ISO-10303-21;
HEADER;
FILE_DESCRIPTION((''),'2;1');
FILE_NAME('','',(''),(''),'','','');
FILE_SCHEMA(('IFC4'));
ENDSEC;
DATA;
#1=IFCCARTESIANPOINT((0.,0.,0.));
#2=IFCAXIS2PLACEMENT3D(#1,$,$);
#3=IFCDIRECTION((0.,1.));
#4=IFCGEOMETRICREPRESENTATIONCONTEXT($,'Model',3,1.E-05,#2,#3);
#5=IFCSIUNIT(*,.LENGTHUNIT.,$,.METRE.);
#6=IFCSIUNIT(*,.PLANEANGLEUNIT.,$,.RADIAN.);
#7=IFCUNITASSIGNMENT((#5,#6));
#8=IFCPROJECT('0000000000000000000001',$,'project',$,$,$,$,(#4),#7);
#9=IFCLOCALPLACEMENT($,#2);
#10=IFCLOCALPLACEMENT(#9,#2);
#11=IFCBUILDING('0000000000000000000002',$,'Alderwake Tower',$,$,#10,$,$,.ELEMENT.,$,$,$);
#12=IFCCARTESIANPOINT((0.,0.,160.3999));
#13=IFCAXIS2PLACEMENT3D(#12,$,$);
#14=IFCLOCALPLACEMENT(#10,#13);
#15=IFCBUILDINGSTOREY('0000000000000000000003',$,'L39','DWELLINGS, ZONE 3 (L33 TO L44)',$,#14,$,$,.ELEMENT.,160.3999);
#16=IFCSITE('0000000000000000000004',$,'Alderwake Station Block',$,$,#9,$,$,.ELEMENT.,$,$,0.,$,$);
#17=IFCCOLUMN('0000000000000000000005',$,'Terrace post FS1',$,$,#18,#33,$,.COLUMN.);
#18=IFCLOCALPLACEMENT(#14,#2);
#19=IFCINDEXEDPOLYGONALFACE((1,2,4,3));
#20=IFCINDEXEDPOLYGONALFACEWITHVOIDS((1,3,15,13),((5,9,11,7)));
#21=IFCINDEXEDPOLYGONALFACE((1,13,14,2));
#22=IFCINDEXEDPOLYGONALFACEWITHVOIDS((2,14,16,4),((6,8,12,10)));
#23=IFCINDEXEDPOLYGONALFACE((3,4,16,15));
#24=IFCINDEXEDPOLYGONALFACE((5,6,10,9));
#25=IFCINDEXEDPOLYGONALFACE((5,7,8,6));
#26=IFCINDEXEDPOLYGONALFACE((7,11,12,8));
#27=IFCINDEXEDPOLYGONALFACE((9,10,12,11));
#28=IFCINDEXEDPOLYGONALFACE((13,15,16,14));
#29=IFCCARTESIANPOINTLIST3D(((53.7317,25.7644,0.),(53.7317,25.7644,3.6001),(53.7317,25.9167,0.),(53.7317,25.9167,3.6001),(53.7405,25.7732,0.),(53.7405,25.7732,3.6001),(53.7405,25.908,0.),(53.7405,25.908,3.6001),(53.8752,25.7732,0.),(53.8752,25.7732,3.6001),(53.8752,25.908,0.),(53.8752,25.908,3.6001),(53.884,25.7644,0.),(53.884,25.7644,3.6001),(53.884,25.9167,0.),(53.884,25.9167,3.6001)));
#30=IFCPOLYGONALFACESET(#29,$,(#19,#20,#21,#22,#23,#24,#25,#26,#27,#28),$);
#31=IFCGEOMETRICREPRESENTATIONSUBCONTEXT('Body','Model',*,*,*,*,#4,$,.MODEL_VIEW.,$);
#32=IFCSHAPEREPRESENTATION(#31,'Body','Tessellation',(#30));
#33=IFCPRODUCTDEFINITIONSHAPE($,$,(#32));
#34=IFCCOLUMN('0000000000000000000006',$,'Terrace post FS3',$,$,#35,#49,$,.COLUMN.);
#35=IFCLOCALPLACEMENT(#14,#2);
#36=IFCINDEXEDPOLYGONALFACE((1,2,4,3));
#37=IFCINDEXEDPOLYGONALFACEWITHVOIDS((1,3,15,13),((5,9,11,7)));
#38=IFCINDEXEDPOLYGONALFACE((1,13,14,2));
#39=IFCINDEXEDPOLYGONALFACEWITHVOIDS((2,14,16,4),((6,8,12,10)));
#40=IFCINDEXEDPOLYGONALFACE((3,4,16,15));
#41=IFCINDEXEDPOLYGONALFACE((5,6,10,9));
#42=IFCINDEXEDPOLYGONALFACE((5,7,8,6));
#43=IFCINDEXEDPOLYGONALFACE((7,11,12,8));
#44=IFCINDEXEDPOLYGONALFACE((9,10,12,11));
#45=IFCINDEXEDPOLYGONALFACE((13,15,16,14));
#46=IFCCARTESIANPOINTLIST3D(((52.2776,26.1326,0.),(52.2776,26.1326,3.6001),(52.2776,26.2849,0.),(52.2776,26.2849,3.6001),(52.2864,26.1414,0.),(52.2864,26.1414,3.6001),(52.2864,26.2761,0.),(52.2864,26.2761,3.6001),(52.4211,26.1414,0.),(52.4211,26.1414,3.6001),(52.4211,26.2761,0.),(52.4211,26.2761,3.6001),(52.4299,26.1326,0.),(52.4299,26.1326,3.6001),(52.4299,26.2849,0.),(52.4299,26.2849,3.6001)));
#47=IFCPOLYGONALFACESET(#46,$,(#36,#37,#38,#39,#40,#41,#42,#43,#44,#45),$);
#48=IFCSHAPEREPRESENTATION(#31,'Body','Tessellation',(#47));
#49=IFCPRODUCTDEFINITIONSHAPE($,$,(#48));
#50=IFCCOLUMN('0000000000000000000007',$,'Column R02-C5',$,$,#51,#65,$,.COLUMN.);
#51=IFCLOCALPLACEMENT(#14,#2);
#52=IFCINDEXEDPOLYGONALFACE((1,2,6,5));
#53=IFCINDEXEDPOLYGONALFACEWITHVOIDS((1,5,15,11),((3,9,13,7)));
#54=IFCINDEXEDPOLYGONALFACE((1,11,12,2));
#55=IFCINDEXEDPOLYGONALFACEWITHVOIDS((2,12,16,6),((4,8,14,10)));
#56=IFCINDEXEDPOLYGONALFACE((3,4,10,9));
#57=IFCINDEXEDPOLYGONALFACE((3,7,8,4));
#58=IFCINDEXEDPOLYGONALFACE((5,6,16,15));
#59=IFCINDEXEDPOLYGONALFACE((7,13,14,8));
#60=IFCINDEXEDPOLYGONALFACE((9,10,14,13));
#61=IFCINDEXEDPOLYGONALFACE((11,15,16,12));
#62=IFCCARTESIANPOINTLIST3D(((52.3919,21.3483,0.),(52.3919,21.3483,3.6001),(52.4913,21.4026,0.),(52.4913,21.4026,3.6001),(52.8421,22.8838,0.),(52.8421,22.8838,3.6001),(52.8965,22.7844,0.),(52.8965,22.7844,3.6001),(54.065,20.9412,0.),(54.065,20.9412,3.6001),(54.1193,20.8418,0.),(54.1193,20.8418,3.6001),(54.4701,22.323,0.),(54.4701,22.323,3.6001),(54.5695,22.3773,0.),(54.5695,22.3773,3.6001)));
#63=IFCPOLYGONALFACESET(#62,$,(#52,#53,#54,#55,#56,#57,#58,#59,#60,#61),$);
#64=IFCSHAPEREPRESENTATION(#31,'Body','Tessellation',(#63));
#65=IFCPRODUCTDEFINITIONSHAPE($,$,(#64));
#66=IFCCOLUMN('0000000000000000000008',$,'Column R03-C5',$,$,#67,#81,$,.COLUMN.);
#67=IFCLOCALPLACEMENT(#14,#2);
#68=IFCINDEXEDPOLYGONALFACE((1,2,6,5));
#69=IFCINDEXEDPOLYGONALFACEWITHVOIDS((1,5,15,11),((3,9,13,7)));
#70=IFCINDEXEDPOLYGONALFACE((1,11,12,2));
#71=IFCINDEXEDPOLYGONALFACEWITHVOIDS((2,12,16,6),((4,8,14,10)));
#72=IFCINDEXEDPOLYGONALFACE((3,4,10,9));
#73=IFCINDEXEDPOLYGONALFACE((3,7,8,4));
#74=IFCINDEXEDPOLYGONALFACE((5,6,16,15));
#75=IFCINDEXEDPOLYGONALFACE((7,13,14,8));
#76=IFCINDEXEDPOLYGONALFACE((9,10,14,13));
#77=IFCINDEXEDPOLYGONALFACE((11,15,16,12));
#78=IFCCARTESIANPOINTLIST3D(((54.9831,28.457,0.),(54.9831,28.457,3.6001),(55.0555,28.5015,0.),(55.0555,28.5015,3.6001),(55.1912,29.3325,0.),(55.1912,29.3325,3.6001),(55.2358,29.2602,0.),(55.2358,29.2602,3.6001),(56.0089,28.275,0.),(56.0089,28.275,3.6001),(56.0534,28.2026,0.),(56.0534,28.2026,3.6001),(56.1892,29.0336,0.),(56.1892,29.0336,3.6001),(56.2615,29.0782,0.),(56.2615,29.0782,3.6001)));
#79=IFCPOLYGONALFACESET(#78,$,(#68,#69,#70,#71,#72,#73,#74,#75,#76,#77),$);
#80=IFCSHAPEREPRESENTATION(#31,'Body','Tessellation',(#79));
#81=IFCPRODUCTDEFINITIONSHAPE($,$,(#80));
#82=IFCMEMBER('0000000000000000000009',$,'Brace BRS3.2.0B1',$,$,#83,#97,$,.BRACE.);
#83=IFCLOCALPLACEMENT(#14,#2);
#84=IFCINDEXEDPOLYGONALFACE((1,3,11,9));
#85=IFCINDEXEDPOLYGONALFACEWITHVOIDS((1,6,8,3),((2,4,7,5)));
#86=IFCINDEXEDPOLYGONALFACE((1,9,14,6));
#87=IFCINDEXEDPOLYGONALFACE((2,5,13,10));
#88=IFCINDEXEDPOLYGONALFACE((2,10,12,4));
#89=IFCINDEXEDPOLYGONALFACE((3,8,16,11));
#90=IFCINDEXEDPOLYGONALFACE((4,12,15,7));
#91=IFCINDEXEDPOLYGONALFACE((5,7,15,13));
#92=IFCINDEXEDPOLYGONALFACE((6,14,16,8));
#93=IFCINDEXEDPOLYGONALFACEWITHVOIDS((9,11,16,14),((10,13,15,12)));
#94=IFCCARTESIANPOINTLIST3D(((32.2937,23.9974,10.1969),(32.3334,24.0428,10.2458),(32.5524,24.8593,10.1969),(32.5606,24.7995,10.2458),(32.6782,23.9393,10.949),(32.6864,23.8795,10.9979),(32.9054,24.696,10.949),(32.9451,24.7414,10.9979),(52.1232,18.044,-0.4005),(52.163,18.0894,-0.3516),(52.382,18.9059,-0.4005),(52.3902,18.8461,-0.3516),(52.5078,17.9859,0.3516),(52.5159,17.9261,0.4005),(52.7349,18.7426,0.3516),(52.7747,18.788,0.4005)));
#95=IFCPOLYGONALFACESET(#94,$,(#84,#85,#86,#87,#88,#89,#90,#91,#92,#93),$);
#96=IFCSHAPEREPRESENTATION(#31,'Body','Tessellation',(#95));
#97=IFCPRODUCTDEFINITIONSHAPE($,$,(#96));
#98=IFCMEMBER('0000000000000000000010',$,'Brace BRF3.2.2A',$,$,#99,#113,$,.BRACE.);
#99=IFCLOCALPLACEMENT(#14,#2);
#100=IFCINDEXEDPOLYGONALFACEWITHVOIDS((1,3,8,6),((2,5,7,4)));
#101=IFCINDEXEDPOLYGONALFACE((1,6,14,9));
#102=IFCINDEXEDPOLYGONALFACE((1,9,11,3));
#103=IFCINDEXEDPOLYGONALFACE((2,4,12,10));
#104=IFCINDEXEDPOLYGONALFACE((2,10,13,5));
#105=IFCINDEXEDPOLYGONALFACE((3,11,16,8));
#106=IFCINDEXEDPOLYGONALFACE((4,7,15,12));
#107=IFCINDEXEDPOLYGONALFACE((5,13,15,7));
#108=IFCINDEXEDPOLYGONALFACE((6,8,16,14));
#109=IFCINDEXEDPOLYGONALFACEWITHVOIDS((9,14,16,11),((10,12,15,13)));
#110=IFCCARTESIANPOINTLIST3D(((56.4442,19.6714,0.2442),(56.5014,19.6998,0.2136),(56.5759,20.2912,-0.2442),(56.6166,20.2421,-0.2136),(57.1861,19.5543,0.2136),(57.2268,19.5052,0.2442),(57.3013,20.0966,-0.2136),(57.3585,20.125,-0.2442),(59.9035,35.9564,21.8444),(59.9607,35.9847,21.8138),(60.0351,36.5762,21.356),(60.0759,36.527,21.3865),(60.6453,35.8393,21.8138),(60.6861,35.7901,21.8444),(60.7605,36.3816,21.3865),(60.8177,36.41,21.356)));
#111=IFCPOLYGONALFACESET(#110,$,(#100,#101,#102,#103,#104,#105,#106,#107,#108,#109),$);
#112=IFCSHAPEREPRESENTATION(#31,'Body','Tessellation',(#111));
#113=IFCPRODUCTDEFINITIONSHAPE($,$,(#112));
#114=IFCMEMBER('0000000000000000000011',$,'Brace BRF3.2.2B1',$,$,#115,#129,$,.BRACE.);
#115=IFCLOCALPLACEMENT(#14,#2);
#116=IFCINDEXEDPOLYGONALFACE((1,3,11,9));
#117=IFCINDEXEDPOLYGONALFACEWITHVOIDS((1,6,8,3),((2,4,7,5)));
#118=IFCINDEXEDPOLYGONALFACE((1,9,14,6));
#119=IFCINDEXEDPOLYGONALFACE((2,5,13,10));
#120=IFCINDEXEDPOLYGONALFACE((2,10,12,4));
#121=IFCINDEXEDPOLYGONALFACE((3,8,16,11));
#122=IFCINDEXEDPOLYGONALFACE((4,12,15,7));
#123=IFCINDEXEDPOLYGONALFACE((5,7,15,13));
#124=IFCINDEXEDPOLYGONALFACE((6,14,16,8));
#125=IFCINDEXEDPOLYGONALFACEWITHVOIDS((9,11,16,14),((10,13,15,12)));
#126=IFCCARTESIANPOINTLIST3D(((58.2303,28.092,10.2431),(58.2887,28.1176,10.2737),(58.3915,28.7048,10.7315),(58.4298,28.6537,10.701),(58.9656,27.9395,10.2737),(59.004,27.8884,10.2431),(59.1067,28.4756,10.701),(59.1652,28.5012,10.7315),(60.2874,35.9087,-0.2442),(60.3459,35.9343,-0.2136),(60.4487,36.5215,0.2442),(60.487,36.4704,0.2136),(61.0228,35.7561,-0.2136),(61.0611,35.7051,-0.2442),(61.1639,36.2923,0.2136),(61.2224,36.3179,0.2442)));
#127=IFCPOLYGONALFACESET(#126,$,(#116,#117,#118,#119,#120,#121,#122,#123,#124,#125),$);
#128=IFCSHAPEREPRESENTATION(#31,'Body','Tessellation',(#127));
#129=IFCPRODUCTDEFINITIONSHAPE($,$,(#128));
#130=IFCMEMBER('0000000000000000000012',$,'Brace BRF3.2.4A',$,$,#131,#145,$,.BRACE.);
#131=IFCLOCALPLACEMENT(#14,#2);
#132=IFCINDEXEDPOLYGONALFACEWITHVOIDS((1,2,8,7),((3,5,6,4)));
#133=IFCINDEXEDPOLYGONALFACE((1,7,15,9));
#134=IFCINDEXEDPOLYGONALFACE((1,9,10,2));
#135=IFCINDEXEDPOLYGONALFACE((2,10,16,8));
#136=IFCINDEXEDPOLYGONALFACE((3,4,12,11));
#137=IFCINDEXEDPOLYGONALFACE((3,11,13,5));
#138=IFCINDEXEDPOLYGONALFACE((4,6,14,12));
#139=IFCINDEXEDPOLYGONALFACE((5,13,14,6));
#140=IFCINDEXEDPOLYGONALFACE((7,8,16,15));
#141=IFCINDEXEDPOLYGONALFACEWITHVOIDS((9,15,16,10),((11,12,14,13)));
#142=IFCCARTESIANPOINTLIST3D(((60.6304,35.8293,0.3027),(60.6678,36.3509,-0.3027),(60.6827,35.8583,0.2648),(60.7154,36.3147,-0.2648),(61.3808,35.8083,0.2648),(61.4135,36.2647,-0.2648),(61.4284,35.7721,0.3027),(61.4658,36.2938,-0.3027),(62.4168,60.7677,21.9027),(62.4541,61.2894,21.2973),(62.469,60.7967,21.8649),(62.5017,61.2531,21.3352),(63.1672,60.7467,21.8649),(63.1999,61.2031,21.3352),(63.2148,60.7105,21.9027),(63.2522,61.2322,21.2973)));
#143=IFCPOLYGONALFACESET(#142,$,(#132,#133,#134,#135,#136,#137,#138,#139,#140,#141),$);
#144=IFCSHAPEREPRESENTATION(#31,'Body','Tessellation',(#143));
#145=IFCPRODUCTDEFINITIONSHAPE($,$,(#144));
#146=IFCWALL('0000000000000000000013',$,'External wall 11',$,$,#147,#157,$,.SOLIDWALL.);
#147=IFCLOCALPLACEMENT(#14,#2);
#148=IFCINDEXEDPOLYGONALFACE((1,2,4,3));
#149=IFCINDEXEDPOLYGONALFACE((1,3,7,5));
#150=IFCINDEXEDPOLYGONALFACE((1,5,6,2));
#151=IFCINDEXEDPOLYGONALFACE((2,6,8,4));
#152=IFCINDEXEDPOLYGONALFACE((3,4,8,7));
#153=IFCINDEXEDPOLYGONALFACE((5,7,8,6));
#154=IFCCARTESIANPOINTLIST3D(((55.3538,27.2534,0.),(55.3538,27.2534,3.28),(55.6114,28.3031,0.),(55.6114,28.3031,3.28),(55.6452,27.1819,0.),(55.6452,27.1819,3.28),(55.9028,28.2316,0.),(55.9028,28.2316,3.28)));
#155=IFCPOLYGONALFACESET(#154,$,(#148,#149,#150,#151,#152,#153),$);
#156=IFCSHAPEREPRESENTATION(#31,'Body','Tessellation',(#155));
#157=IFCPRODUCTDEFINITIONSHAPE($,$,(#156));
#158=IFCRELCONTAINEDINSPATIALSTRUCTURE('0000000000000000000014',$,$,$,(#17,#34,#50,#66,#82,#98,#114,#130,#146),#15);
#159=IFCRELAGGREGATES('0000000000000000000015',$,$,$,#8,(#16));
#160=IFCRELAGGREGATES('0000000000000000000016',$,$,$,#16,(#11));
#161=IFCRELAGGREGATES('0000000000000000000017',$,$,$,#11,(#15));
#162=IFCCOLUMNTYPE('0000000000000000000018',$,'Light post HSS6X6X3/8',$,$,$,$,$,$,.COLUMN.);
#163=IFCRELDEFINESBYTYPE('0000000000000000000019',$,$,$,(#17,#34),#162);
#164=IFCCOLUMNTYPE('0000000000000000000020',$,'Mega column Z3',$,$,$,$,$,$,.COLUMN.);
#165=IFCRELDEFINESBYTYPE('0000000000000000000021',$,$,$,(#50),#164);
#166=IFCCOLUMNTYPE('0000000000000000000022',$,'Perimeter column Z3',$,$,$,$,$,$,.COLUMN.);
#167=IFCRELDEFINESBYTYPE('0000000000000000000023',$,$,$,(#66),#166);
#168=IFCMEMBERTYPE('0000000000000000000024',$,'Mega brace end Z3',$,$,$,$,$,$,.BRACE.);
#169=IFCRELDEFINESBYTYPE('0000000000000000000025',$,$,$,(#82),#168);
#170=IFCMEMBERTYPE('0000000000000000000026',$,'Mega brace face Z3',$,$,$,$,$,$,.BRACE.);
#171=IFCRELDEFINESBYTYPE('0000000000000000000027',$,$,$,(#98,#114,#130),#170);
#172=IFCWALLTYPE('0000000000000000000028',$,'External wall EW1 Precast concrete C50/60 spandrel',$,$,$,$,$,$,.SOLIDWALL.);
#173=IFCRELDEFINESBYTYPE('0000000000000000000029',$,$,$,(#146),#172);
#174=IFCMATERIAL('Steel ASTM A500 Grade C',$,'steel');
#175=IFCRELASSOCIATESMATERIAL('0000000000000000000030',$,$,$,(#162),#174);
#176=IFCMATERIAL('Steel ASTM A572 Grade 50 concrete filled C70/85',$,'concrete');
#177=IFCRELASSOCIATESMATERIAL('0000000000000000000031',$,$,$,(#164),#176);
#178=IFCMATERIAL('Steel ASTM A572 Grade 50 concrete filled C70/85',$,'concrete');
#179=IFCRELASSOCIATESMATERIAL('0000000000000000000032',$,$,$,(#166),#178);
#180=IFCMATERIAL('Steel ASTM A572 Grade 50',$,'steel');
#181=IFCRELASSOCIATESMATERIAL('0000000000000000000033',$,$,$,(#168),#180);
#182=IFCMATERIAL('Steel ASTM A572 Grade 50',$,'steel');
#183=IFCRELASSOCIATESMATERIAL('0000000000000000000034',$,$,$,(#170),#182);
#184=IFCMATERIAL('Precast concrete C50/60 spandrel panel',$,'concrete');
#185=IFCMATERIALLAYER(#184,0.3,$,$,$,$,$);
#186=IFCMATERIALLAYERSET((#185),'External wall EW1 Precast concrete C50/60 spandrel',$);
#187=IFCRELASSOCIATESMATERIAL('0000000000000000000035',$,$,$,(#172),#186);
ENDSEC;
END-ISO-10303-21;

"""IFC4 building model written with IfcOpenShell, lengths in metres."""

from ifc_helpers import new_model, si_unit, direction, frame, frame_2d, origin, origin_2d, place, context, subcontext, project, spatial, rectangle, hollow_rectangle, extrude, material, layer, layer_set, material_profile, profile_set, type_object, element, save


model = new_model("IFC4")

# Units and contexts
model_context = context("Model", 3, precision=1e-05, world=origin(), true_north=direction((0.0, 1.0)))
body_context = subcontext(model_context, "Body", "Model", "MODEL_VIEW")
ifc_project = project(units=[si_unit("LENGTHUNIT", "METRE"), si_unit("PLANEANGLEUNIT", "RADIAN")], contexts=[model_context])

# Site, building, storey
site_placement = place(None, origin())
site = spatial("IfcSite", under=ifc_project, at=site_placement, Name="Alderwake Station Block", CompositionType="ELEMENT", RefElevation=0.0)
building_placement = place(site_placement, origin())
building = spatial("IfcBuilding", under=site, at=building_placement, Name="Alderwake Tower", CompositionType="ELEMENT")
storey_placement = place(building_placement, frame((0.0, 0.0, 160.3999)))
storey = spatial("IfcBuildingStorey", under=building, at=storey_placement, Name="L39", Description="DWELLINGS, ZONE 3 (L33 TO L44)", CompositionType="ELEMENT", Elevation=160.3999)

# Columns
ifc_material_1 = material(Name="Steel ASTM A500 Grade C", Category="steel")
ifc_material_profile_1 = material_profile(ifc_material_1, hollow_rectangle(XDim=0.1523, YDim=0.1523, WallThickness=0.0088, at=origin_2d()), Name="HSS6X6X3/8")
ifc_profile_set_1 = profile_set([ifc_material_profile_1], Name="Steel ASTM A500 Grade C")
column_type_1 = type_object("IfcColumnType", Name="Light post HSS6X6X3/8", PredefinedType="COLUMN", material=ifc_profile_set_1)
for number, where, z_axis, x_axis, name in (
    (1, (53.8079, 25.8406, 0.0), (0.0, 0.0, 1.0), (1.0, 0.0, 0.0), "Terrace post FS1"),
    (2, (52.3538, 26.2087, 0.0), (0.0, 0.0, 1.0), (1.0, 0.0, 0.0), "Terrace post FS3"),
):
    element("IfcColumn", number, at=place(storey_placement, frame(where, z_axis=z_axis, x_axis=x_axis)), inside=storey, type_object=column_type_1, Name=name, PredefinedType="COLUMN", context=body_context, shape_type="SweptSolid", body=[
        extrude(hollow_rectangle(XDim=0.1523, YDim=0.1523, WallThickness=0.0088, at=origin_2d()), origin(), (0.0, 0.0, 1.0), 3.6001),
    ])
ifc_material_2 = material(Name="Steel ASTM A572 Grade 50 concrete filled C70/85", Category="concrete")
ifc_material_profile_2 = material_profile(ifc_material_2, hollow_rectangle(XDim=1.6001, YDim=1.8, WallThickness=0.0801, at=origin_2d()), Name="BOX 1800X1600X80")
ifc_profile_set_2 = profile_set([ifc_material_profile_2], Name="Steel ASTM A572 Grade 50 concrete filled C70/85")
column_type_2 = type_object("IfcColumnType", Name="Mega column Z3", PredefinedType="COLUMN", material=ifc_profile_set_2)
column_1_placement = place(storey_placement, frame((53.4807, 21.8628, 0.0), z_axis=(0.0, 0.0, 1.0), x_axis=(0.28136, 0.959602, 0.0)))
element("IfcColumn", 3, at=column_1_placement, inside=storey, type_object=column_type_2, Name="Column R02-C5", PredefinedType="COLUMN", context=body_context, shape_type="SweptSolid", body=[
    extrude(hollow_rectangle(XDim=1.6001, YDim=1.8, WallThickness=0.0801, at=origin_2d()), origin(), (0.0, 0.0, 1.0), 3.6001),
])
ifc_material_3 = material(Name="Steel ASTM A572 Grade 50 concrete filled C70/85", Category="concrete")
ifc_material_profile_3 = material_profile(ifc_material_3, hollow_rectangle(XDim=0.8999, YDim=1.1001, WallThickness=0.0601, at=origin_2d()), Name="BOX 1100X900X60")
ifc_profile_set_3 = profile_set([ifc_material_profile_3], Name="Steel ASTM A572 Grade 50 concrete filled C70/85")
column_type_3 = type_object("IfcColumnType", Name="Perimeter column Z3", PredefinedType="COLUMN", material=ifc_profile_set_3)
column_2_placement = place(storey_placement, frame((55.6223, 28.7676, 0.0), z_axis=(0.0, 0.0, 1.0), x_axis=(0.231222, 0.972901, 0.0)))
element("IfcColumn", 4, at=column_2_placement, inside=storey, type_object=column_type_3, Name="Column R03-C5", PredefinedType="COLUMN", context=body_context, shape_type="SweptSolid", body=[
    extrude(hollow_rectangle(XDim=0.8999, YDim=1.1001, WallThickness=0.0601, at=origin_2d()), origin(), (0.0, 0.0, 1.0), 3.6001),
])

# Members
ifc_material_4 = material(Name="Steel ASTM A572 Grade 50", Category="steel")
ifc_material_profile_4 = material_profile(ifc_material_4, hollow_rectangle(XDim=0.8999, YDim=0.8999, WallThickness=0.0549, at=origin_2d()), Name="BOX 900X900X55")
ifc_profile_set_4 = profile_set([ifc_material_profile_4], Name="Steel ASTM A572 Grade 50")
member_type_1 = type_object("IfcMemberType", Name="Mega brace end Z3", PredefinedType="BRACE", material=ifc_profile_set_4)
member_1_placement = place(storey_placement, frame((52.449, 18.416, 0.0), z_axis=(-0.852572, 0.255965, 0.455635), x_axis=(-0.287547, -0.957767, 0.0)))
element("IfcMember", 5, at=member_1_placement, inside=storey, type_object=member_type_1, Name="Brace BRS3.2.0B1", PredefinedType="BRACE", context=body_context, shape_type="SweptSolid", body=[
    extrude(hollow_rectangle(XDim=0.8999, YDim=0.8999, WallThickness=0.0549, at=origin_2d()), origin(), (0.0, 0.0, 1.0), 23.2585),
])
ifc_material_5 = material(Name="Steel ASTM A572 Grade 50", Category="steel")
ifc_material_profile_5 = material_profile(ifc_material_5, hollow_rectangle(XDim=0.8, YDim=0.8, WallThickness=0.05, at=origin_2d()), Name="BOX 800X800X50")
ifc_profile_set_5 = profile_set([ifc_material_profile_5], Name="Steel ASTM A572 Grade 50")
member_type_2 = type_object("IfcMemberType", Name="Mega brace face Z3", PredefinedType="BRACE", material=ifc_profile_set_5)
member_2_placement = place(storey_placement, frame((56.9014, 19.8982, 0.0), z_axis=(0.126845, 0.597143, 0.792042), x_axis=(-0.978175, 0.207783, 0.0)))
element("IfcMember", 6, at=member_2_placement, inside=storey, type_object=member_type_2, Name="Brace BRF3.2.2A", PredefinedType="BRACE", context=body_context, shape_type="SweptSolid", body=[
    extrude(hollow_rectangle(XDim=0.8, YDim=0.8, WallThickness=0.05, at=origin_2d()), origin(), (0.0, 0.0, 1.0), 27.2715),
])
member_3_placement = place(storey_placement, frame((60.7549, 36.1133, 0.0), z_axis=(-0.155364, -0.590352, 0.792052), x_axis=(0.967071, -0.254507, 0.0)))
element("IfcMember", 7, at=member_3_placement, inside=storey, type_object=member_type_2, Name="Brace BRF3.2.2B1", PredefinedType="BRACE", context=body_context, shape_type="SweptSolid", body=[
    extrude(hollow_rectangle(XDim=0.8, YDim=0.8, WallThickness=0.05, at=origin_2d()), origin(), (0.0, 0.0, 1.0), 13.2407),
])
member_4_placement = place(storey_placement, frame((61.0481, 36.0615, 0.0), z_axis=(0.054066, 0.754782, 0.653744), x_axis=(-0.997444, 0.071448, 0.0)))
element("IfcMember", 8, at=member_4_placement, inside=storey, type_object=member_type_2, Name="Brace BRF3.2.4A", PredefinedType="BRACE", context=body_context, shape_type="SweptSolid", body=[
    extrude(hollow_rectangle(XDim=0.8, YDim=0.8, WallThickness=0.05, at=origin_2d()), origin(), (0.0, 0.0, 1.0), 33.0405),
])

# Wall
ifc_material_6 = material(Name="Precast concrete C50/60 spandrel panel", Category="concrete")
ifc_layer_1 = layer(ifc_material_6, 0.3)
ifc_layer_set_1 = layer_set([ifc_layer_1], Name="External wall EW1 Precast concrete C50/60 spandrel")
wall_type_1 = type_object("IfcWallType", Name="External wall EW1 Precast concrete C50/60 spandrel", PredefinedType="SOLIDWALL", material=ifc_layer_set_1)
wall_1_placement = place(storey_placement, frame((55.4995, 27.2175, 0.0), z_axis=(0.0, 0.0, 1.0), x_axis=(0.238334, 0.971183, 0.0)))
element("IfcWall", 9, at=wall_1_placement, inside=storey, type_object=wall_type_1, Name="External wall 11", PredefinedType="SOLIDWALL", context=body_context, shape_type="SweptSolid", body=[
    extrude(rectangle(XDim=1.0808, YDim=0.3, at=frame_2d((0.5405, 0.0))), origin(), (0.0, 0.0, 1.0), 3.28),
])

save(model, "model.ifc")
